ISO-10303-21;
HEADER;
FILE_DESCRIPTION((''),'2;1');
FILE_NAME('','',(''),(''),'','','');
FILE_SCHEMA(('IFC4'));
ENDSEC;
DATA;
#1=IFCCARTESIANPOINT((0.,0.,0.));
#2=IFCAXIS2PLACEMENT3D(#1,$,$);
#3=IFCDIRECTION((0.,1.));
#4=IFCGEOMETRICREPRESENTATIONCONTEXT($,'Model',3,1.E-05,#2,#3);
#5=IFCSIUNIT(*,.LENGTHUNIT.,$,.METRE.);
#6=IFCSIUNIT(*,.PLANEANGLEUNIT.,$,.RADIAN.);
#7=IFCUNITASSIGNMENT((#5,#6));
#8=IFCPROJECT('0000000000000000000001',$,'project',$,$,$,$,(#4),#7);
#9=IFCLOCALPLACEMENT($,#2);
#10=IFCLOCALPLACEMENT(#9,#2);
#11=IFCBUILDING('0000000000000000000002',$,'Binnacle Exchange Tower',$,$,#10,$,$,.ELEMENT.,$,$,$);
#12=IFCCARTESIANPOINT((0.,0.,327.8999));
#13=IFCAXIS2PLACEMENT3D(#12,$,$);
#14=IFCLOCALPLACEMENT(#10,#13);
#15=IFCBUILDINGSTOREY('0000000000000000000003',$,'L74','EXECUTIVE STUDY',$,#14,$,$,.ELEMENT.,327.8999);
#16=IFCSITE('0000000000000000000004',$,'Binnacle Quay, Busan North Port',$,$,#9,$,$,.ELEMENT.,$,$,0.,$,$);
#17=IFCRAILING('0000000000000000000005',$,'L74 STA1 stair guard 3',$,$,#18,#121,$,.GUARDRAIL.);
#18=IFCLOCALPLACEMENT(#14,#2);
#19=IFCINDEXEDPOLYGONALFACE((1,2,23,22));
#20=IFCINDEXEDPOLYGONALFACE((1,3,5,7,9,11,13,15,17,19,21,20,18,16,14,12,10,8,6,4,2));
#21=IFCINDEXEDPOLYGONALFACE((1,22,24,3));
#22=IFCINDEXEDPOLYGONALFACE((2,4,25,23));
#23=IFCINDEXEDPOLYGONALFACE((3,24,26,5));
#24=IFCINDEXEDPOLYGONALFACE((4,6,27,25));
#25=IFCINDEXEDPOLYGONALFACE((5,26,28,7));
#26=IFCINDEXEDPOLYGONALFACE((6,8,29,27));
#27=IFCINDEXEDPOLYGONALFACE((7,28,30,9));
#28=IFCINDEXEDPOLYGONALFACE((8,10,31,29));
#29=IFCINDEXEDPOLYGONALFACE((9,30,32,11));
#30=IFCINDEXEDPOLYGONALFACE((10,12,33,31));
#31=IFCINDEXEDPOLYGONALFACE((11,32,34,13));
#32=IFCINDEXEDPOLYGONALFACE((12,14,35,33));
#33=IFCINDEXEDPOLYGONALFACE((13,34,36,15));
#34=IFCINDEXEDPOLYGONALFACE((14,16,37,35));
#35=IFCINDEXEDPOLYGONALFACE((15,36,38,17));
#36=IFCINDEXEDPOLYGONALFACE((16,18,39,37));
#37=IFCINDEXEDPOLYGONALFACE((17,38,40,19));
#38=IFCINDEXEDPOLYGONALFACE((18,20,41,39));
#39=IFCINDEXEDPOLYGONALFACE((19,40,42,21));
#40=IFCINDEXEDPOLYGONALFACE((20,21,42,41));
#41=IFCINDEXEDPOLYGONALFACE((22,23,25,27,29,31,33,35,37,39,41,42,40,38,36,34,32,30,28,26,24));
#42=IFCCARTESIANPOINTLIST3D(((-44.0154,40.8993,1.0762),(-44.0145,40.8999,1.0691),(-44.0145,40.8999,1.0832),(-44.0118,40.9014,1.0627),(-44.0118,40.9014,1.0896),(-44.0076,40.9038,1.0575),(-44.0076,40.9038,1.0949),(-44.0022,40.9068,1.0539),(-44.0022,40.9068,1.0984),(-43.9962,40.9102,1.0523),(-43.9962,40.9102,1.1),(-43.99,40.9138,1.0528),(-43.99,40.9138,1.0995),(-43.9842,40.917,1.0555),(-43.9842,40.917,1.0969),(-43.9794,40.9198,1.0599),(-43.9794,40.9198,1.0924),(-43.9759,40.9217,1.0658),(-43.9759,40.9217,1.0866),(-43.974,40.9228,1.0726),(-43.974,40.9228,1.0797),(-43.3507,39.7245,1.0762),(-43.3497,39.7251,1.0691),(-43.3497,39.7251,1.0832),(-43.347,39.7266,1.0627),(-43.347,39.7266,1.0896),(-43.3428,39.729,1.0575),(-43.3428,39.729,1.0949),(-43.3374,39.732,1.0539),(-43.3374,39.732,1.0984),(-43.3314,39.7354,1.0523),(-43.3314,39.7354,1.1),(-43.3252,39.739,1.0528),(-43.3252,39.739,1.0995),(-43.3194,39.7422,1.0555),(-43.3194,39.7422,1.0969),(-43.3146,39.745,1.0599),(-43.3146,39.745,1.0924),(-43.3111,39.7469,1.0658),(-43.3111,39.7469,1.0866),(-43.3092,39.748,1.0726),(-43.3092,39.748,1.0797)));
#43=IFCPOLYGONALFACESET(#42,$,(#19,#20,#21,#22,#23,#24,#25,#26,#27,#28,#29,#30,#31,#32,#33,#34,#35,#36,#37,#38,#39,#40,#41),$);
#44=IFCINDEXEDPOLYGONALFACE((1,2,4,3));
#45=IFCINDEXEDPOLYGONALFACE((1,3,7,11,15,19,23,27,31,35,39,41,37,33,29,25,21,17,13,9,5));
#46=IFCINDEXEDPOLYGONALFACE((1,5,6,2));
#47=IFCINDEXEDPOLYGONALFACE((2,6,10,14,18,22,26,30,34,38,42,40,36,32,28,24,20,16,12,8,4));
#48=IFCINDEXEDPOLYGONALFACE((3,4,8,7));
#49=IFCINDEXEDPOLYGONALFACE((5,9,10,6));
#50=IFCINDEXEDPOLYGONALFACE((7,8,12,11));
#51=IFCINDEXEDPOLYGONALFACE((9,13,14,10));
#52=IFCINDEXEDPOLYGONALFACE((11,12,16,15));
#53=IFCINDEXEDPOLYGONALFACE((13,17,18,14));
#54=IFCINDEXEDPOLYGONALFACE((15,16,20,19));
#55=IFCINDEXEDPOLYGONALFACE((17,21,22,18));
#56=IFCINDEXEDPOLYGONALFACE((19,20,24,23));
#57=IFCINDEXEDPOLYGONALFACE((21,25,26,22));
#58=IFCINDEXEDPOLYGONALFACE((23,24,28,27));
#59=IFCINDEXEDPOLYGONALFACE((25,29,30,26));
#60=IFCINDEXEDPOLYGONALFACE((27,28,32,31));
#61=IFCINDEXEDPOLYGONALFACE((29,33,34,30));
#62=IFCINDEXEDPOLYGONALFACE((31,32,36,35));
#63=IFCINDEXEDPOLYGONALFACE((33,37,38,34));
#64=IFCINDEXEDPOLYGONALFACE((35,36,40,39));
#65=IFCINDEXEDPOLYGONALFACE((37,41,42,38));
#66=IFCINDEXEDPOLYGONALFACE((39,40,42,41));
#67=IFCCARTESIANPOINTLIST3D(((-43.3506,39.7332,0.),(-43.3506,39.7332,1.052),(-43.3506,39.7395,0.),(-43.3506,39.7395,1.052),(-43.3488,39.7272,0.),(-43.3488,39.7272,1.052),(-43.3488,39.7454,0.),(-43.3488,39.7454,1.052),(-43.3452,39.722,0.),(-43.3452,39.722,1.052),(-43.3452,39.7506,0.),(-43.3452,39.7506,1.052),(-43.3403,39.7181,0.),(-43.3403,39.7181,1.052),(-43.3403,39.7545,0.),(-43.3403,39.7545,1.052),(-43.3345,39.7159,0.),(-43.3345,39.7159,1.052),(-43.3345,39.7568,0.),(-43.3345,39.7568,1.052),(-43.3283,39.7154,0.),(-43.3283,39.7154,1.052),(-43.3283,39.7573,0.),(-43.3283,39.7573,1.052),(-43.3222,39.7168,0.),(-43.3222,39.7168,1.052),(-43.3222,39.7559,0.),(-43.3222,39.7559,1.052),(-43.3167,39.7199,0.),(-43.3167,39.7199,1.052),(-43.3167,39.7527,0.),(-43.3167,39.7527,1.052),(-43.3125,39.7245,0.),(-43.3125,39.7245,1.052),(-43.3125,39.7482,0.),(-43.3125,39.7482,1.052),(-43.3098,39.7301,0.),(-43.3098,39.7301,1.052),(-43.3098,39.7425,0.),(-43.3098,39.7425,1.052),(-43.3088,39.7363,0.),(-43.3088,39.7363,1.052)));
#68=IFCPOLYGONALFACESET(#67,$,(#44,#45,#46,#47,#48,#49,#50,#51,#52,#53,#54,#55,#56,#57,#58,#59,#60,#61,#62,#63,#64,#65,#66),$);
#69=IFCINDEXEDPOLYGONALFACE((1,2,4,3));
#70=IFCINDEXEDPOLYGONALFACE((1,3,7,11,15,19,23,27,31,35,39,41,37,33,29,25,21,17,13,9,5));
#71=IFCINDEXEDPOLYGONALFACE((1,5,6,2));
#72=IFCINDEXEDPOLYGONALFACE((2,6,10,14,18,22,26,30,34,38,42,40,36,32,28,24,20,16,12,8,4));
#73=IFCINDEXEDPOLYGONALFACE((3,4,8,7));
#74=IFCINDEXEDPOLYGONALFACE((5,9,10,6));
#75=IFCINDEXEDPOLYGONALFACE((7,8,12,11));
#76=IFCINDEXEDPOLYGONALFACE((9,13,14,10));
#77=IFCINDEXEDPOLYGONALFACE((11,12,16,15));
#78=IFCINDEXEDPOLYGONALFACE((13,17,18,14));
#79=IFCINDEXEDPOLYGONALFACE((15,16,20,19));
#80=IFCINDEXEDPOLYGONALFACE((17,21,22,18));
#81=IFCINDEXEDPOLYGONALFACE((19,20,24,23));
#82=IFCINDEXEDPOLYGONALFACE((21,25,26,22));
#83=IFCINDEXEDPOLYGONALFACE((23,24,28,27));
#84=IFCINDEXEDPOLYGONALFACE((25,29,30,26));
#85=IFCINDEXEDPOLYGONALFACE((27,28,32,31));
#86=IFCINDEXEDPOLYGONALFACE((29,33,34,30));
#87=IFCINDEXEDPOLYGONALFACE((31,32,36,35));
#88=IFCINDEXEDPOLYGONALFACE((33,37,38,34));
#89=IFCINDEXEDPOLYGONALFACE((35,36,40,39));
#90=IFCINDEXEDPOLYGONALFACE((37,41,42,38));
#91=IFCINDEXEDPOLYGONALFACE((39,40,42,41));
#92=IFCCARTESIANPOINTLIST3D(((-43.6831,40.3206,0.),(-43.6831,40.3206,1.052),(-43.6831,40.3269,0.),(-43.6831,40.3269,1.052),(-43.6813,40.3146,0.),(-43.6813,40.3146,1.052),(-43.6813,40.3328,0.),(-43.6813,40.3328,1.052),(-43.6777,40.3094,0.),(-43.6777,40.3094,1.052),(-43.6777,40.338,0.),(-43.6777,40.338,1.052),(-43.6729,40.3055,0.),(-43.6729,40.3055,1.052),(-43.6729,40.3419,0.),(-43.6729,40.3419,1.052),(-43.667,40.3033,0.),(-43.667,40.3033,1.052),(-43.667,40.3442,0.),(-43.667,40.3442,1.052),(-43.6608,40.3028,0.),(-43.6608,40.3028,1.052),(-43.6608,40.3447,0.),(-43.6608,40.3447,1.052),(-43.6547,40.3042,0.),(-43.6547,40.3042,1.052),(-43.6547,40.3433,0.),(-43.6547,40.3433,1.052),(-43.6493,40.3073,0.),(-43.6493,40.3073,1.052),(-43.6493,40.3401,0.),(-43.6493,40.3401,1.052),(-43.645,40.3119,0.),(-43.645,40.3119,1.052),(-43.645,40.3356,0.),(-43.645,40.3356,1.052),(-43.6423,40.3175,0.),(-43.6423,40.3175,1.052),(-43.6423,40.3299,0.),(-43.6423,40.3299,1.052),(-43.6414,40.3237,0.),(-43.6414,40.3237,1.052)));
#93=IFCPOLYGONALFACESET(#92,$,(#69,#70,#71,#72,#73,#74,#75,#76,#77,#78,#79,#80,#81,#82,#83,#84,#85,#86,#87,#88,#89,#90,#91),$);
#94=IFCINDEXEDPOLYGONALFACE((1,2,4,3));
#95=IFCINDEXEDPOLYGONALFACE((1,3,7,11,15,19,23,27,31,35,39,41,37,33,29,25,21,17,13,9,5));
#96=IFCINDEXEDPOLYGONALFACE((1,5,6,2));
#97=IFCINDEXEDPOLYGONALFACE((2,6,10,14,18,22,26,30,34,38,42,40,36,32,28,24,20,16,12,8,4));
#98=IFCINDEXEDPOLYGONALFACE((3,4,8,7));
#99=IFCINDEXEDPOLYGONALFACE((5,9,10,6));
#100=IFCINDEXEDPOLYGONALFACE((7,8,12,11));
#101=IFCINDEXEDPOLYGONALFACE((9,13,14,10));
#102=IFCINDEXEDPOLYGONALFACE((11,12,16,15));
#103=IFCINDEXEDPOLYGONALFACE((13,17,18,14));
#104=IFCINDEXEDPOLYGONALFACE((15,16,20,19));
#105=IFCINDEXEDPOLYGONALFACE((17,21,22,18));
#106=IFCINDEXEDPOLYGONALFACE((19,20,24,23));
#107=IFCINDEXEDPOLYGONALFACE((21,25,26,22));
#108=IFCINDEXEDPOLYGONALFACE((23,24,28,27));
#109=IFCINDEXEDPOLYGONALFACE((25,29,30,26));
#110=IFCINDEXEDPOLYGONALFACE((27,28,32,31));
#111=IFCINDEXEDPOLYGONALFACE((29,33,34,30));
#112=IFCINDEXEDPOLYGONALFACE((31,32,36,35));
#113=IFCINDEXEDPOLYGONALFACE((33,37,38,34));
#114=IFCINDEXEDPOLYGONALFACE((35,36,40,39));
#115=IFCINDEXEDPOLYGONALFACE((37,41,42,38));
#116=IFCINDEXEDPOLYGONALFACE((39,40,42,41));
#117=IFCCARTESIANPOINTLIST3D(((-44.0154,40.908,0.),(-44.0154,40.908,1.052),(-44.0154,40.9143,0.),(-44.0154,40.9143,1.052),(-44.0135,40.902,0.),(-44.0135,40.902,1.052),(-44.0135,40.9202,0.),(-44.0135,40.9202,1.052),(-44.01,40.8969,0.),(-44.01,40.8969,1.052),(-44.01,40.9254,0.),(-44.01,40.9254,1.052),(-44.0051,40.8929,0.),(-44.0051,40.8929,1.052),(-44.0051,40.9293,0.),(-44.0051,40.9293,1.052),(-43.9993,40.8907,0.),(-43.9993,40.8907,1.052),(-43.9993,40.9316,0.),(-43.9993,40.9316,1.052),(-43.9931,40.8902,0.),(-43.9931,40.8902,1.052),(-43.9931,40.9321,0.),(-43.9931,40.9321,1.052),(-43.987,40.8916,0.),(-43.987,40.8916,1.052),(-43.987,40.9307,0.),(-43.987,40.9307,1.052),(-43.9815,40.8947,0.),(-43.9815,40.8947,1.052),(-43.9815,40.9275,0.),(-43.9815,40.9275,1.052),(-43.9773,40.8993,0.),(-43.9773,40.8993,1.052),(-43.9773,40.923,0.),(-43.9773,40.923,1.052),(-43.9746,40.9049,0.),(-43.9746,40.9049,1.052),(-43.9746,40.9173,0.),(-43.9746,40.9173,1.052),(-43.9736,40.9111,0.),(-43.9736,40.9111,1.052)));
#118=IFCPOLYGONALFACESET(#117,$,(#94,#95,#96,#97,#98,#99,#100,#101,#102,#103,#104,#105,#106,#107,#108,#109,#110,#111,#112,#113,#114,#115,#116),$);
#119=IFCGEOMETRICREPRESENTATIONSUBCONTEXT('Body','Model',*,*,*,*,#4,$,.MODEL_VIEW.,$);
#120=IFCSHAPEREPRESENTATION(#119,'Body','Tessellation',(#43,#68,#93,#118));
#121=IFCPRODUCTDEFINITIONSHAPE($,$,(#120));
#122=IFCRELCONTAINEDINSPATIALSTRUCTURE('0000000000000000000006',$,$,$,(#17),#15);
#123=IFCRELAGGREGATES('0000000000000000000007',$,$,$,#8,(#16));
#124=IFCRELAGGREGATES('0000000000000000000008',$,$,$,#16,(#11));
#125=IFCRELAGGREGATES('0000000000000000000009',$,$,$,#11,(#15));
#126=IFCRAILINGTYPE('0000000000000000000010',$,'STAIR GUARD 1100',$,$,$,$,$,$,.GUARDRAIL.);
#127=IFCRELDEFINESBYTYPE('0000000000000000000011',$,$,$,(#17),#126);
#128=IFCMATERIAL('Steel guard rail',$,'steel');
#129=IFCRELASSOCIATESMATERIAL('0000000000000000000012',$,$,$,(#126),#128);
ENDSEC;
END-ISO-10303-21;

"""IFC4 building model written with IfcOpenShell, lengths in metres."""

from ifc_helpers import new_model, si_unit, direction, frame, origin, origin_2d, place, context, subcontext, project, spatial, circle, extrude, material, type_object, element, save


model = new_model("IFC4")

# Units and contexts
model_context = context("Model", 3, precision=1e-05, world=origin(), true_north=direction((0.0, 1.0)))
body_context = subcontext(model_context, "Body", "Model", "MODEL_VIEW")
ifc_project = project(units=[si_unit("LENGTHUNIT", "METRE"), si_unit("PLANEANGLEUNIT", "RADIAN")], contexts=[model_context])

# Site, building, storey
site_placement = place(None, origin())
site = spatial("IfcSite", under=ifc_project, at=site_placement, Name="Binnacle Quay, Busan North Port", CompositionType="ELEMENT", RefElevation=0.0)
building_placement = place(site_placement, origin())
building = spatial("IfcBuilding", under=site, at=building_placement, Name="Binnacle Exchange Tower", CompositionType="ELEMENT")
storey_placement = place(building_placement, frame((0.0, 0.0, 327.8999)))
storey = spatial("IfcBuildingStorey", under=building, at=storey_placement, Name="L74", Description="EXECUTIVE STUDY", CompositionType="ELEMENT", Elevation=327.8999)

# Railing
ifc_material_1 = material(Name="Steel guard rail", Category="steel")
railing_type_1 = type_object("IfcRailingType", Name="STAIR GUARD 1100", PredefinedType="GUARDRAIL", material=ifc_material_1)
railing_1_placement = place(storey_placement, frame((-43.3298, 39.7363, 0.0)))
element("IfcRailing", 1, at=railing_1_placement, inside=storey, type_object=railing_type_1, Name="L74 STA1 stair guard 3", PredefinedType="GUARDRAIL", context=body_context, shape_type="SweptSolid", body=[
    extrude(circle(Radius=0.0239, at=origin_2d()), frame((0.0, 0.0, 1.0762), z_axis=(-0.492492, 0.870317, 0.0), x_axis=(-0.870317, -0.492492, 0.0)), (0.0, 0.0, 1.0), 1.3499),
    extrude(circle(Radius=0.021, at=origin_2d()), origin(), (0.0, 0.0, 1.0), 1.052),
    extrude(circle(Radius=0.021, at=origin_2d()), frame((-0.3325, 0.5874, 0.0)), (0.0, 0.0, 1.0), 1.052),
    extrude(circle(Radius=0.021, at=origin_2d()), frame((-0.6648, 1.1748, 0.0)), (0.0, 0.0, 1.0), 1.052),
])

save(model, "model.ifc")
